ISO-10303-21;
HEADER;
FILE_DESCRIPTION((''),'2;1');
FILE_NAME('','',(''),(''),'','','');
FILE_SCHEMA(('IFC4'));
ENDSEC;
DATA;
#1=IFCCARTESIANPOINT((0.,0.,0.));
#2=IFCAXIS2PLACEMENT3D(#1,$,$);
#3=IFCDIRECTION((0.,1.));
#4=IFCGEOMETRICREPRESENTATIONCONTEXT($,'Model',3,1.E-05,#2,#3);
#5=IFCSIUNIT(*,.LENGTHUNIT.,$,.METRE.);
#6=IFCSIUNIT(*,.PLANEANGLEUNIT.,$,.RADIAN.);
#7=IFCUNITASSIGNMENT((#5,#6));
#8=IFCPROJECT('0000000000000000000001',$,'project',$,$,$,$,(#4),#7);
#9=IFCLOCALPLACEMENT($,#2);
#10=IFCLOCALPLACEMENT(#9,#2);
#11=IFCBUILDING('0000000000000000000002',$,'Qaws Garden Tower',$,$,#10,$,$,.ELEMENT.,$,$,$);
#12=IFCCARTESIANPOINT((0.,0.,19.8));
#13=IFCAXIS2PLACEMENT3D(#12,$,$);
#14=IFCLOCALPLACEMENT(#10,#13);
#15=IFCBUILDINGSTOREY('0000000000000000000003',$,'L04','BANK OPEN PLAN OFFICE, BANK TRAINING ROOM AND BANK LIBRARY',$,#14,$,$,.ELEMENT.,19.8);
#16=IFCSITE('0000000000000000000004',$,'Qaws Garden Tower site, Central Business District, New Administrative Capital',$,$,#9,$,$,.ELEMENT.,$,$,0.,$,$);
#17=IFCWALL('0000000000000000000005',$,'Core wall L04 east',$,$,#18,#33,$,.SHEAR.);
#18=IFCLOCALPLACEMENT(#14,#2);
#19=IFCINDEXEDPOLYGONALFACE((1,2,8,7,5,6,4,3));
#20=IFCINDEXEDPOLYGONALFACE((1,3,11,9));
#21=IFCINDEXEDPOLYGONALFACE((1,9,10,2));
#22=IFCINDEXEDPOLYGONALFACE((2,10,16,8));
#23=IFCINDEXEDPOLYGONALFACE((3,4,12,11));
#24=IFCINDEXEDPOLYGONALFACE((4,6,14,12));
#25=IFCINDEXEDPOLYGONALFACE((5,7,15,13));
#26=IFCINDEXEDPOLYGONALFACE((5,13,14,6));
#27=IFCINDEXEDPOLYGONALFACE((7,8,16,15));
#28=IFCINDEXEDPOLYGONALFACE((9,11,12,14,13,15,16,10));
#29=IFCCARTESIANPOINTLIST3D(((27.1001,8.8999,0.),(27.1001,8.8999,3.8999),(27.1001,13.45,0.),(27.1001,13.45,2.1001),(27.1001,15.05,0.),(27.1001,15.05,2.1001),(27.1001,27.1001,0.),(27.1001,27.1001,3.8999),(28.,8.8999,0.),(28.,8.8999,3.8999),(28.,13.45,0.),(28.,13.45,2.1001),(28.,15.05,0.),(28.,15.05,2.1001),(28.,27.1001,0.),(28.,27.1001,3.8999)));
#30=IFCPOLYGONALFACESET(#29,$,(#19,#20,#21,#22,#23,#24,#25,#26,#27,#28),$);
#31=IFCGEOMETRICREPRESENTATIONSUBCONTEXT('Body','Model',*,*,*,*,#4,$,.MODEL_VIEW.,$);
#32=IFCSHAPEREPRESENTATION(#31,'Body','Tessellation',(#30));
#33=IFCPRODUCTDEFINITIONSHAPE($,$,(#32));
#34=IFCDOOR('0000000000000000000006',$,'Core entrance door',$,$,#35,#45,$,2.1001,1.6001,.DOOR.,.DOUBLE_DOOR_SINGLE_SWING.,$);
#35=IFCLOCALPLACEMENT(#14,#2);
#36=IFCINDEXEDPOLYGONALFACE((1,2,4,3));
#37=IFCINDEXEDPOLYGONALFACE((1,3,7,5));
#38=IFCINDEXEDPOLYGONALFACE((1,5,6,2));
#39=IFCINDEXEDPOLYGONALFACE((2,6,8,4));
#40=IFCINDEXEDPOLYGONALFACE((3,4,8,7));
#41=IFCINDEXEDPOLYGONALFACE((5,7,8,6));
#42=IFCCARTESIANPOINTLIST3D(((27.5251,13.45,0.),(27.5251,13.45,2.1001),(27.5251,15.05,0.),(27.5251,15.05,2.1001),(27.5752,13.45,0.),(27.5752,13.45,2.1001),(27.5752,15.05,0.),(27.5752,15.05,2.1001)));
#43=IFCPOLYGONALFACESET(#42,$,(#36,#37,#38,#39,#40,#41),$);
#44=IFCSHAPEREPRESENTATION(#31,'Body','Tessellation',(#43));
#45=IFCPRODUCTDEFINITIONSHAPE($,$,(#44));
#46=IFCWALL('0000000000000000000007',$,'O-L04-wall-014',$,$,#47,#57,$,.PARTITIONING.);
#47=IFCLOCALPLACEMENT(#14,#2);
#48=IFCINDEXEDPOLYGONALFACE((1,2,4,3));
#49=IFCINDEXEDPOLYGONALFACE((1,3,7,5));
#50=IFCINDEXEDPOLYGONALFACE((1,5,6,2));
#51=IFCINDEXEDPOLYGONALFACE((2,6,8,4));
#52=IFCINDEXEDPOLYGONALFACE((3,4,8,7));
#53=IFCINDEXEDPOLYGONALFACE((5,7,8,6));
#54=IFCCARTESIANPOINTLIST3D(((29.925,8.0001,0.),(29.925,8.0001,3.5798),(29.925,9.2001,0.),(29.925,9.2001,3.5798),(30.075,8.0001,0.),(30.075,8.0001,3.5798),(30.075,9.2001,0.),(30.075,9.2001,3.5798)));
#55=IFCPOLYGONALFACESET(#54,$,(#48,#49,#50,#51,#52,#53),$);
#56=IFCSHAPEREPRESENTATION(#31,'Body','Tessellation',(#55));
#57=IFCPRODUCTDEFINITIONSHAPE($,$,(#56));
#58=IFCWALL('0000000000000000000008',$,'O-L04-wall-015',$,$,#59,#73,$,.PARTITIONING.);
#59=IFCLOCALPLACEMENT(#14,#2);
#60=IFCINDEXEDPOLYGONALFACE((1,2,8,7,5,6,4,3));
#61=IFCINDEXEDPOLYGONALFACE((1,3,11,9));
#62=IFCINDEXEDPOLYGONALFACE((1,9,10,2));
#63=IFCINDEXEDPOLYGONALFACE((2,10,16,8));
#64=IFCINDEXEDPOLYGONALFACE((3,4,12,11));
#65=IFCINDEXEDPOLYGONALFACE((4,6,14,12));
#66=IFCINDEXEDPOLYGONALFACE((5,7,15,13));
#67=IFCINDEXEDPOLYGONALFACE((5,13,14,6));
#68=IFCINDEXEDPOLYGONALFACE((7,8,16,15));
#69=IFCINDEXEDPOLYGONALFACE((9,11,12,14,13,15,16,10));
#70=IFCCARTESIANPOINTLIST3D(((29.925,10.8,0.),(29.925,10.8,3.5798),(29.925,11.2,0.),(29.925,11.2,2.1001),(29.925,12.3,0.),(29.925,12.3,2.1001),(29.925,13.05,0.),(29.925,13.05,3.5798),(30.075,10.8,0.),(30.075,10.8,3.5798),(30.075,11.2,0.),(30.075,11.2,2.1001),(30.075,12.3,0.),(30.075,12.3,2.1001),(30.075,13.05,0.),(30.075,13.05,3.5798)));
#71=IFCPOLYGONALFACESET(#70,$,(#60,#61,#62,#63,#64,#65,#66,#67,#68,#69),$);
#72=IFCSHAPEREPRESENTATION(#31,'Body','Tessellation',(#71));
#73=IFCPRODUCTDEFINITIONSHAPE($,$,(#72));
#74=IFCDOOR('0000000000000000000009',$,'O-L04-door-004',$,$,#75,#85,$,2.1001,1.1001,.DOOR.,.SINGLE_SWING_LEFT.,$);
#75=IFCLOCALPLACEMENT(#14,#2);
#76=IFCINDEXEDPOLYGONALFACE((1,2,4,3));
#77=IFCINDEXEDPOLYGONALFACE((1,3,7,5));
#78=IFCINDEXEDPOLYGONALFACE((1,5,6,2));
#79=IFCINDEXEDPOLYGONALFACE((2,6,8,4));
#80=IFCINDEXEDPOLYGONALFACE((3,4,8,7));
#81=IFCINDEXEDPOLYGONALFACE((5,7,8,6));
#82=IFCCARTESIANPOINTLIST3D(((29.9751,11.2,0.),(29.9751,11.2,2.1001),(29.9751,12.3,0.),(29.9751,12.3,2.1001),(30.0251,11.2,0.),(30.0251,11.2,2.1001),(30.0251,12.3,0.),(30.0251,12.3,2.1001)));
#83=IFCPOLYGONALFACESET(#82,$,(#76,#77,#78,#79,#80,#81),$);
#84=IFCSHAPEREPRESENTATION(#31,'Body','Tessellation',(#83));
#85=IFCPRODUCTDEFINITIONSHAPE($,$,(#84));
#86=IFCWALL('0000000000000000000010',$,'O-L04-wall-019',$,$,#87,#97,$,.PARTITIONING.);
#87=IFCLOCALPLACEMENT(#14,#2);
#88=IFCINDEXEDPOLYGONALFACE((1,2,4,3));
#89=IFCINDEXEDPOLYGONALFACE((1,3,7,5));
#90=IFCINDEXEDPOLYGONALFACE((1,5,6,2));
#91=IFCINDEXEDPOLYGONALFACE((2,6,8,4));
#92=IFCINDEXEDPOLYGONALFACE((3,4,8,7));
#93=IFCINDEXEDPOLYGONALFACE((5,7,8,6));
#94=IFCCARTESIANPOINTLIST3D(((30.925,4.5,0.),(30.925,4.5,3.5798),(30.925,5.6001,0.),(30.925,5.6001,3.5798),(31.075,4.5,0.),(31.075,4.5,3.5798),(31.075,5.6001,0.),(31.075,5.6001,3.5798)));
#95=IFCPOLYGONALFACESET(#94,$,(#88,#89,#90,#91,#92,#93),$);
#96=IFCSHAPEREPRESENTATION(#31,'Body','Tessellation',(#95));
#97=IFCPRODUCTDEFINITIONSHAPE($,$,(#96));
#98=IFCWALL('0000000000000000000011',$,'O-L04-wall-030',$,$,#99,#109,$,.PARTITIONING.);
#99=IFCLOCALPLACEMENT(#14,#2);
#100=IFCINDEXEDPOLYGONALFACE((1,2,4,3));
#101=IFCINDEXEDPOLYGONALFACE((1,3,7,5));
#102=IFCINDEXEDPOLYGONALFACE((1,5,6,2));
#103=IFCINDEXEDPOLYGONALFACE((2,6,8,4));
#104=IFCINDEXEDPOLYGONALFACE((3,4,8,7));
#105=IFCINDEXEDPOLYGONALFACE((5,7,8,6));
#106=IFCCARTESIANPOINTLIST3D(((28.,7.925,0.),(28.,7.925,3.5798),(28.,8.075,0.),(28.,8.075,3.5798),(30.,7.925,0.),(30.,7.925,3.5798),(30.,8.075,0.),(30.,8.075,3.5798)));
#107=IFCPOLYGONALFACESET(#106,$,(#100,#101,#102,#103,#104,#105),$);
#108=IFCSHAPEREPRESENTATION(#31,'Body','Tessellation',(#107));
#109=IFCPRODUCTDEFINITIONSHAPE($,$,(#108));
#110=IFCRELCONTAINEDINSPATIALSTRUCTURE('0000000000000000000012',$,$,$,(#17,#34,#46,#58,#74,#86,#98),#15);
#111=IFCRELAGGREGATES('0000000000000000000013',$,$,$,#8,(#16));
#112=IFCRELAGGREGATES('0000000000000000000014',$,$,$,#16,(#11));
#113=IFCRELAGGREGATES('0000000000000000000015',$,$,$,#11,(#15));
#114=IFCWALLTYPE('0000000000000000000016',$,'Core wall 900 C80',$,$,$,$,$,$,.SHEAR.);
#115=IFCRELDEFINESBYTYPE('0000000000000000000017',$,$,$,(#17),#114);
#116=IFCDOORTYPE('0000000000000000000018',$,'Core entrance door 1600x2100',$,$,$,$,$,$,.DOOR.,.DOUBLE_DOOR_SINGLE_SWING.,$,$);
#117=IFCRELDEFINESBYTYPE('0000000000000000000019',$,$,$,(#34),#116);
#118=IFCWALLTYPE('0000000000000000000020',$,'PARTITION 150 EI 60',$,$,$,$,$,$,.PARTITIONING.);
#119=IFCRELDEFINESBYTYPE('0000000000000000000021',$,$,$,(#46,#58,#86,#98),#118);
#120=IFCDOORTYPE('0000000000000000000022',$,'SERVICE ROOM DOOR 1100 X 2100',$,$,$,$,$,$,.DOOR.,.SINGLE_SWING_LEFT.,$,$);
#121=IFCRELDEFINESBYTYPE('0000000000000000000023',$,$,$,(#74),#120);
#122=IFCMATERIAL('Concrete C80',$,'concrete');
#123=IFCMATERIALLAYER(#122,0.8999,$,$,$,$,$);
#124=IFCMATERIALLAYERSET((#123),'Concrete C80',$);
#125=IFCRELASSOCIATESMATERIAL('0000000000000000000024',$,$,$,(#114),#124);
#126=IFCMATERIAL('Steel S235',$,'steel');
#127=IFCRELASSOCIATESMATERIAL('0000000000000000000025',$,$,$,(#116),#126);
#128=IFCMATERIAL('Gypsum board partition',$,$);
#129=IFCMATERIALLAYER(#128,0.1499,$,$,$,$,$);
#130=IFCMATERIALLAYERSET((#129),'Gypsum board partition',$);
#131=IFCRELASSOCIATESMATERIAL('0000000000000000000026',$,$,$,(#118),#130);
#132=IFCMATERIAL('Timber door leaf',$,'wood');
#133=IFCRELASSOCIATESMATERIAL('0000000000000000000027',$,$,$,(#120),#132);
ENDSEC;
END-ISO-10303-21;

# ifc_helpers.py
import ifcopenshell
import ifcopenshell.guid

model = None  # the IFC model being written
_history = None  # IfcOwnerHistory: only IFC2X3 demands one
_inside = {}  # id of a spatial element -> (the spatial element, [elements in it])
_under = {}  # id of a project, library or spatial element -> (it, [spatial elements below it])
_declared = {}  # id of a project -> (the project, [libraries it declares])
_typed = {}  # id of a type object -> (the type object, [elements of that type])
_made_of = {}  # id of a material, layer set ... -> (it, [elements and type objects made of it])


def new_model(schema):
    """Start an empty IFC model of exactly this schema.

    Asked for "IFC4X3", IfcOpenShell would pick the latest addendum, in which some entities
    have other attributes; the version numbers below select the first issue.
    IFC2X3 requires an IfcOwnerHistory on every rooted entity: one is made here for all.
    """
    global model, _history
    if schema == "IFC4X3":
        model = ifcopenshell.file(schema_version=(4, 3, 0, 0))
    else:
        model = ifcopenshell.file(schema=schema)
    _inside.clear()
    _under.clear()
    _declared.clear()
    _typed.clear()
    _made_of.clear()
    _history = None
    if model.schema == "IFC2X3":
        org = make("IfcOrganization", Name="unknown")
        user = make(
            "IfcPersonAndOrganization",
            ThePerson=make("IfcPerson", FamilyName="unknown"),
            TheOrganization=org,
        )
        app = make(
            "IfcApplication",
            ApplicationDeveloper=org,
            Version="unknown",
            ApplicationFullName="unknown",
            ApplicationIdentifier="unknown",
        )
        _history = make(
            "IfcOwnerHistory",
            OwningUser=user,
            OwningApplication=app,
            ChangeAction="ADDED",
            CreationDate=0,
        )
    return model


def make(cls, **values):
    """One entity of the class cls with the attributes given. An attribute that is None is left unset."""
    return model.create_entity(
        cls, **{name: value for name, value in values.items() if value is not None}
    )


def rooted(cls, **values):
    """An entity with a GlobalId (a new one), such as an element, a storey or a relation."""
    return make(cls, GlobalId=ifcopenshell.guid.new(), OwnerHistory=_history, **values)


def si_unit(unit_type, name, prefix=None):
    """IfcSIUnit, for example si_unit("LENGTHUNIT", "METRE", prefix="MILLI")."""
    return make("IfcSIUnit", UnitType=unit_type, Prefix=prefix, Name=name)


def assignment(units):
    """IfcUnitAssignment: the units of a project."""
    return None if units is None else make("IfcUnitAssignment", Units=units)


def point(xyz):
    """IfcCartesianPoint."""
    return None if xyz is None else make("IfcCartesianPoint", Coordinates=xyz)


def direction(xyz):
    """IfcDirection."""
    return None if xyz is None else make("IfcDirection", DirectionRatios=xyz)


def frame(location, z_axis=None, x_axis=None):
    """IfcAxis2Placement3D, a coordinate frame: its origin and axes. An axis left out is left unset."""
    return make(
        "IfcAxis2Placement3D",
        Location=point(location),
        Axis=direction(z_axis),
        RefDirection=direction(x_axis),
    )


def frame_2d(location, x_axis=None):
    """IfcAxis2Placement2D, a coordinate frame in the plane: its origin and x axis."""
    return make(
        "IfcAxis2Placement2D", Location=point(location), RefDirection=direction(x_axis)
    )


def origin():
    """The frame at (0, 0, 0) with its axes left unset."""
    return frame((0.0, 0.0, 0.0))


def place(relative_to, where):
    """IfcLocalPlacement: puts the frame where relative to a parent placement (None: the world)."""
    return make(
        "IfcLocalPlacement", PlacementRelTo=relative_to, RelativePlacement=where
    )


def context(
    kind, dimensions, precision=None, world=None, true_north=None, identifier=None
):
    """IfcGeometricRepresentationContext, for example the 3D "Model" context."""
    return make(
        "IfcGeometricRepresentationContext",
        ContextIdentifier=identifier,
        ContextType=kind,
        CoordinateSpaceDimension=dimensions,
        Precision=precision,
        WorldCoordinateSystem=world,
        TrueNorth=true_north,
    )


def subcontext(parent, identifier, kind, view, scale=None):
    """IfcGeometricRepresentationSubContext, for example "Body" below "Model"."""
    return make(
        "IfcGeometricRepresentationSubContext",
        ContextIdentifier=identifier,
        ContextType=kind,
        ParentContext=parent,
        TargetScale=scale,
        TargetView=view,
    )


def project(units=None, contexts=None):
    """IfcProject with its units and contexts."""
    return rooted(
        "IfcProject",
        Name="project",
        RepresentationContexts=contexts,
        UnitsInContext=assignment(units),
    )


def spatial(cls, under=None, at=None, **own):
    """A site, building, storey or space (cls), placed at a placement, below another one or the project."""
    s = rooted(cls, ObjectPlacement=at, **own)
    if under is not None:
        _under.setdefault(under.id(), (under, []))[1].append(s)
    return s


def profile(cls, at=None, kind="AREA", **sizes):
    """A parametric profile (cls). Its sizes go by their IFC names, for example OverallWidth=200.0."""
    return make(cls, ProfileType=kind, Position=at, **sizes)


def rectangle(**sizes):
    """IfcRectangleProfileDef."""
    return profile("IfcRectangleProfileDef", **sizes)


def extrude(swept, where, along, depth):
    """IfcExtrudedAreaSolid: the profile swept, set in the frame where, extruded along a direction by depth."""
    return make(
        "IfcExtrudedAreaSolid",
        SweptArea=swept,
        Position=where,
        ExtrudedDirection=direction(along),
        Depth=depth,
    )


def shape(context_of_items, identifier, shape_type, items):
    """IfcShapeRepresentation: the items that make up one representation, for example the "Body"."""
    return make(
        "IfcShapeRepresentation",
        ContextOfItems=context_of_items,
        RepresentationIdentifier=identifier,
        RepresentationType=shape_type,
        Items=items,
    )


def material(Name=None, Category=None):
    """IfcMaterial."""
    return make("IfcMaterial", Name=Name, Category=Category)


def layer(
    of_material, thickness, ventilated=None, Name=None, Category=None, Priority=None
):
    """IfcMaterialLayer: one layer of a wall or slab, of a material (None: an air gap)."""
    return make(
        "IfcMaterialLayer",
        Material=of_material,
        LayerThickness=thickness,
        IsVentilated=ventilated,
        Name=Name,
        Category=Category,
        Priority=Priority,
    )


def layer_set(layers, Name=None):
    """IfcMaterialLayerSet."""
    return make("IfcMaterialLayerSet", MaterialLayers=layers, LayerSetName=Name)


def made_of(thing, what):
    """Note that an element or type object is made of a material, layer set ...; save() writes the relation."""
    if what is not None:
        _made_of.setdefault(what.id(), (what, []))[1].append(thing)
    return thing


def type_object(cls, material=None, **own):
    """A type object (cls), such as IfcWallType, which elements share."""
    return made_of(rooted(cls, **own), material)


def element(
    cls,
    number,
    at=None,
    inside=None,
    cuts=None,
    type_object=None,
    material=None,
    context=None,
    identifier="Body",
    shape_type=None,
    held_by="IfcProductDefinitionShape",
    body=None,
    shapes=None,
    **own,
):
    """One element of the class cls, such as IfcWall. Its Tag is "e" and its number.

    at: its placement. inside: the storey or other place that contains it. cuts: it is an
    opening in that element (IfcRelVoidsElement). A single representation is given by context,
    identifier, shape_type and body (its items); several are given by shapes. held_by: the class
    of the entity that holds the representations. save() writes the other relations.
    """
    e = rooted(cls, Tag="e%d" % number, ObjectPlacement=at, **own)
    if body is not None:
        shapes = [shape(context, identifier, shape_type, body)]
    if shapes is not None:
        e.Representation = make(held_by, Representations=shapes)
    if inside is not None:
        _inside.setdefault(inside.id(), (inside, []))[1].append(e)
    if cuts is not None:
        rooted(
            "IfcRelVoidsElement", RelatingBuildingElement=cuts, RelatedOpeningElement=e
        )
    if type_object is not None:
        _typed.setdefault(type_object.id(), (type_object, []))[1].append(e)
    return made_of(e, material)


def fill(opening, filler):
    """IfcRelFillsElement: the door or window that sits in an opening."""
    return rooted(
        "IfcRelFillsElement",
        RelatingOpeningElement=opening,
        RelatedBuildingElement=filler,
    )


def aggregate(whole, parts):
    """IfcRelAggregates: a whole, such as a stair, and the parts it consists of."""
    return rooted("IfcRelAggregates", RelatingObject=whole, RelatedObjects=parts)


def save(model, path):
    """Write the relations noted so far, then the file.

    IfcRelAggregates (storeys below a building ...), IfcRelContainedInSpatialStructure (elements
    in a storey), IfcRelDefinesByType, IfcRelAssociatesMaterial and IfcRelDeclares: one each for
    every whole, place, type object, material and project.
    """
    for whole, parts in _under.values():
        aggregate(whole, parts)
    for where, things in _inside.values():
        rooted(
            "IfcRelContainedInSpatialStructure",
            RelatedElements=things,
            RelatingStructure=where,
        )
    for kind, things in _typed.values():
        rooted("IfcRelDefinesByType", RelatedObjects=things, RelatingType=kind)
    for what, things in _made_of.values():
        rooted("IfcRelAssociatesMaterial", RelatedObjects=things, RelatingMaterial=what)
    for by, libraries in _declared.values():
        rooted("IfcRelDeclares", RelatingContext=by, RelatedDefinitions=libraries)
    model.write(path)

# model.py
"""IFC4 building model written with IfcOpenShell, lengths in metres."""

from ifc_helpers import new_model, si_unit, direction, frame, frame_2d, origin, place, context, subcontext, project, spatial, rectangle, extrude, material, layer, layer_set, type_object, element, fill, save


model = new_model("IFC4")

# Units and contexts
model_context = context("Model", 3, precision=1e-05, world=origin(), true_north=direction((0.0, 1.0)))
body_context = subcontext(model_context, "Body", "Model", "MODEL_VIEW")
ifc_project = project(units=[si_unit("LENGTHUNIT", "METRE"), si_unit("PLANEANGLEUNIT", "RADIAN")], contexts=[model_context])

# Site, building, storey
site_placement = place(None, origin())
site = spatial("IfcSite", under=ifc_project, at=site_placement, Name="Qaws Garden Tower site, Central Business District, New Administrative Capital", CompositionType="ELEMENT", RefElevation=0.0)
building_placement = place(site_placement, origin())
building = spatial("IfcBuilding", under=site, at=building_placement, Name="Qaws Garden Tower", CompositionType="ELEMENT")
storey_placement = place(building_placement, frame((0.0, 0.0, 19.8)))
storey = spatial("IfcBuildingStorey", under=building, at=storey_placement, Name="L04", Description="BANK OPEN PLAN OFFICE, BANK TRAINING ROOM AND BANK LIBRARY", CompositionType="ELEMENT", Elevation=19.8)

# Wall, opening, door
ifc_material_1 = material(Name="Concrete C80", Category="concrete")
ifc_layer_1 = layer(ifc_material_1, 0.8999)
ifc_layer_set_1 = layer_set([ifc_layer_1], Name="Concrete C80")
wall_type_1 = type_object("IfcWallType", Name="Core wall 900 C80", PredefinedType="SHEAR", material=ifc_layer_set_1)
wall_1_placement = place(storey_placement, frame((27.55, 8.8999, 0.0), z_axis=(0.0, 0.0, 1.0), x_axis=(0.0, 1.0, 0.0)))
wall_1 = element("IfcWall", 1, at=wall_1_placement, inside=storey, type_object=wall_type_1, Name="Core wall L04 east", PredefinedType="SHEAR", context=body_context, shape_type="SweptSolid", body=[
    extrude(rectangle(XDim=18.2002, YDim=0.8999, at=frame_2d((9.1001, 0.0))), origin(), (0.0, 0.0, 1.0), 3.8999),
])
opening_1_placement = place(wall_1_placement, frame((4.55, 0.0, 0.0)))
opening_1 = element("IfcOpeningElement", 2, at=opening_1_placement, cuts=wall_1, PredefinedType="OPENING", context=body_context, shape_type="SweptSolid", body=[
    extrude(rectangle(XDim=1.6001, YDim=2.1001, at=frame_2d((0.8, 1.05))), frame((0.0, 0.46, 0.0), z_axis=(0.0, -1.0, 0.0), x_axis=(1.0, 0.0, 0.0)), (0.0, 0.0, 1.0), 0.9199),
])
ifc_material_2 = material(Name="Steel S235", Category="steel")
door_type_1 = type_object("IfcDoorType", Name="Core entrance door 1600x2100", OperationType="DOUBLE_DOOR_SINGLE_SWING", PredefinedType="DOOR", material=ifc_material_2)
door_1_placement = place(opening_1_placement, origin())
door_1 = element("IfcDoor", 3, at=door_1_placement, inside=storey, type_object=door_type_1, Name="Core entrance door", OperationType="DOUBLE_DOOR_SINGLE_SWING", OverallHeight=2.1001, OverallWidth=1.6001, PredefinedType="DOOR", context=body_context, shape_type="SweptSolid", body=[
    extrude(rectangle(XDim=1.6001, YDim=2.1001, at=frame_2d((0.8, 1.05))), frame((0.0, 0.0249, 0.0), z_axis=(0.0, -1.0, 0.0), x_axis=(1.0, 0.0, 0.0)), (0.0, 0.0, 1.0), 0.05),
])
fill(opening_1, door_1)

# Wall
ifc_material_3 = material(Name="Gypsum board partition")
ifc_layer_2 = layer(ifc_material_3, 0.1499)
ifc_layer_set_2 = layer_set([ifc_layer_2], Name="Gypsum board partition")
wall_type_2 = type_object("IfcWallType", Name="PARTITION 150 EI 60", PredefinedType="PARTITIONING", material=ifc_layer_set_2)
wall_2_placement = place(storey_placement, frame((30.0, 8.0, 0.0), z_axis=(0.0, 0.0, 1.0), x_axis=(0.0, 1.0, 0.0)))
element("IfcWall", 4, at=wall_2_placement, inside=storey, type_object=wall_type_2, Name="O-L04-wall-014", PredefinedType="PARTITIONING", context=body_context, shape_type="SweptSolid", body=[
    extrude(rectangle(XDim=1.2, YDim=0.1499, at=frame_2d((0.6001, 0.0))), origin(), (0.0, 0.0, 1.0), 3.5798),
])

# Wall, opening, door
wall_3_placement = place(storey_placement, frame((30.0, 10.8, 0.0), z_axis=(0.0, 0.0, 1.0), x_axis=(0.0, 1.0, 0.0)))
wall_3 = element("IfcWall", 5, at=wall_3_placement, inside=storey, type_object=wall_type_2, Name="O-L04-wall-015", PredefinedType="PARTITIONING", context=body_context, shape_type="SweptSolid", body=[
    extrude(rectangle(XDim=2.25, YDim=0.1499, at=frame_2d((1.125, 0.0))), origin(), (0.0, 0.0, 1.0), 3.5798),
])
opening_2_placement = place(wall_3_placement, frame((0.3999, 0.0, 0.0)))
opening_2 = element("IfcOpeningElement", 6, at=opening_2_placement, cuts=wall_3, PredefinedType="OPENING", context=body_context, shape_type="SweptSolid", body=[
    extrude(rectangle(XDim=1.1001, YDim=2.1001, at=frame_2d((0.55, 1.05))), frame((0.0, 0.085, 0.0), z_axis=(0.0, -1.0, 0.0), x_axis=(1.0, 0.0, 0.0)), (0.0, 0.0, 1.0), 0.1699),
])
ifc_material_4 = material(Name="Timber door leaf", Category="wood")
door_type_2 = type_object("IfcDoorType", Name="SERVICE ROOM DOOR 1100 X 2100", OperationType="SINGLE_SWING_LEFT", PredefinedType="DOOR", material=ifc_material_4)
door_2_placement = place(opening_2_placement, origin())
door_2 = element("IfcDoor", 7, at=door_2_placement, inside=storey, type_object=door_type_2, Name="O-L04-door-004", OperationType="SINGLE_SWING_LEFT", OverallHeight=2.1001, OverallWidth=1.1001, PredefinedType="DOOR", context=body_context, shape_type="SweptSolid", body=[
    extrude(rectangle(XDim=1.1001, YDim=2.1001, at=frame_2d((0.55, 1.05))), frame((0.0, 0.0249, 0.0), z_axis=(0.0, -1.0, 0.0), x_axis=(1.0, 0.0, 0.0)), (0.0, 0.0, 1.0), 0.05),
])
fill(opening_2, door_2)

# Walls
wall_4_placement = place(storey_placement, frame((31.0, 4.5, 0.0), z_axis=(0.0, 0.0, 1.0), x_axis=(0.0, 1.0, 0.0)))
element("IfcWall", 8, at=wall_4_placement, inside=storey, type_object=wall_type_2, Name="O-L04-wall-019", PredefinedType="PARTITIONING", context=body_context, shape_type="SweptSolid", body=[
    extrude(rectangle(XDim=1.1001, YDim=0.1499, at=frame_2d((0.55, 0.0))), origin(), (0.0, 0.0, 1.0), 3.5798),
])
wall_5_placement = place(storey_placement, frame((28.0, 8.0, 0.0), z_axis=(0.0, 0.0, 1.0), x_axis=(1.0, 0.0, 0.0)))
element("IfcWall", 9, at=wall_5_placement, inside=storey, type_object=wall_type_2, Name="O-L04-wall-030", PredefinedType="PARTITIONING", context=body_context, shape_type="SweptSolid", body=[
    extrude(rectangle(XDim=2.0, YDim=0.1499, at=frame_2d((1.0, 0.0))), origin(), (0.0, 0.0, 1.0), 3.5798),
])

save(model, "model.ifc")
